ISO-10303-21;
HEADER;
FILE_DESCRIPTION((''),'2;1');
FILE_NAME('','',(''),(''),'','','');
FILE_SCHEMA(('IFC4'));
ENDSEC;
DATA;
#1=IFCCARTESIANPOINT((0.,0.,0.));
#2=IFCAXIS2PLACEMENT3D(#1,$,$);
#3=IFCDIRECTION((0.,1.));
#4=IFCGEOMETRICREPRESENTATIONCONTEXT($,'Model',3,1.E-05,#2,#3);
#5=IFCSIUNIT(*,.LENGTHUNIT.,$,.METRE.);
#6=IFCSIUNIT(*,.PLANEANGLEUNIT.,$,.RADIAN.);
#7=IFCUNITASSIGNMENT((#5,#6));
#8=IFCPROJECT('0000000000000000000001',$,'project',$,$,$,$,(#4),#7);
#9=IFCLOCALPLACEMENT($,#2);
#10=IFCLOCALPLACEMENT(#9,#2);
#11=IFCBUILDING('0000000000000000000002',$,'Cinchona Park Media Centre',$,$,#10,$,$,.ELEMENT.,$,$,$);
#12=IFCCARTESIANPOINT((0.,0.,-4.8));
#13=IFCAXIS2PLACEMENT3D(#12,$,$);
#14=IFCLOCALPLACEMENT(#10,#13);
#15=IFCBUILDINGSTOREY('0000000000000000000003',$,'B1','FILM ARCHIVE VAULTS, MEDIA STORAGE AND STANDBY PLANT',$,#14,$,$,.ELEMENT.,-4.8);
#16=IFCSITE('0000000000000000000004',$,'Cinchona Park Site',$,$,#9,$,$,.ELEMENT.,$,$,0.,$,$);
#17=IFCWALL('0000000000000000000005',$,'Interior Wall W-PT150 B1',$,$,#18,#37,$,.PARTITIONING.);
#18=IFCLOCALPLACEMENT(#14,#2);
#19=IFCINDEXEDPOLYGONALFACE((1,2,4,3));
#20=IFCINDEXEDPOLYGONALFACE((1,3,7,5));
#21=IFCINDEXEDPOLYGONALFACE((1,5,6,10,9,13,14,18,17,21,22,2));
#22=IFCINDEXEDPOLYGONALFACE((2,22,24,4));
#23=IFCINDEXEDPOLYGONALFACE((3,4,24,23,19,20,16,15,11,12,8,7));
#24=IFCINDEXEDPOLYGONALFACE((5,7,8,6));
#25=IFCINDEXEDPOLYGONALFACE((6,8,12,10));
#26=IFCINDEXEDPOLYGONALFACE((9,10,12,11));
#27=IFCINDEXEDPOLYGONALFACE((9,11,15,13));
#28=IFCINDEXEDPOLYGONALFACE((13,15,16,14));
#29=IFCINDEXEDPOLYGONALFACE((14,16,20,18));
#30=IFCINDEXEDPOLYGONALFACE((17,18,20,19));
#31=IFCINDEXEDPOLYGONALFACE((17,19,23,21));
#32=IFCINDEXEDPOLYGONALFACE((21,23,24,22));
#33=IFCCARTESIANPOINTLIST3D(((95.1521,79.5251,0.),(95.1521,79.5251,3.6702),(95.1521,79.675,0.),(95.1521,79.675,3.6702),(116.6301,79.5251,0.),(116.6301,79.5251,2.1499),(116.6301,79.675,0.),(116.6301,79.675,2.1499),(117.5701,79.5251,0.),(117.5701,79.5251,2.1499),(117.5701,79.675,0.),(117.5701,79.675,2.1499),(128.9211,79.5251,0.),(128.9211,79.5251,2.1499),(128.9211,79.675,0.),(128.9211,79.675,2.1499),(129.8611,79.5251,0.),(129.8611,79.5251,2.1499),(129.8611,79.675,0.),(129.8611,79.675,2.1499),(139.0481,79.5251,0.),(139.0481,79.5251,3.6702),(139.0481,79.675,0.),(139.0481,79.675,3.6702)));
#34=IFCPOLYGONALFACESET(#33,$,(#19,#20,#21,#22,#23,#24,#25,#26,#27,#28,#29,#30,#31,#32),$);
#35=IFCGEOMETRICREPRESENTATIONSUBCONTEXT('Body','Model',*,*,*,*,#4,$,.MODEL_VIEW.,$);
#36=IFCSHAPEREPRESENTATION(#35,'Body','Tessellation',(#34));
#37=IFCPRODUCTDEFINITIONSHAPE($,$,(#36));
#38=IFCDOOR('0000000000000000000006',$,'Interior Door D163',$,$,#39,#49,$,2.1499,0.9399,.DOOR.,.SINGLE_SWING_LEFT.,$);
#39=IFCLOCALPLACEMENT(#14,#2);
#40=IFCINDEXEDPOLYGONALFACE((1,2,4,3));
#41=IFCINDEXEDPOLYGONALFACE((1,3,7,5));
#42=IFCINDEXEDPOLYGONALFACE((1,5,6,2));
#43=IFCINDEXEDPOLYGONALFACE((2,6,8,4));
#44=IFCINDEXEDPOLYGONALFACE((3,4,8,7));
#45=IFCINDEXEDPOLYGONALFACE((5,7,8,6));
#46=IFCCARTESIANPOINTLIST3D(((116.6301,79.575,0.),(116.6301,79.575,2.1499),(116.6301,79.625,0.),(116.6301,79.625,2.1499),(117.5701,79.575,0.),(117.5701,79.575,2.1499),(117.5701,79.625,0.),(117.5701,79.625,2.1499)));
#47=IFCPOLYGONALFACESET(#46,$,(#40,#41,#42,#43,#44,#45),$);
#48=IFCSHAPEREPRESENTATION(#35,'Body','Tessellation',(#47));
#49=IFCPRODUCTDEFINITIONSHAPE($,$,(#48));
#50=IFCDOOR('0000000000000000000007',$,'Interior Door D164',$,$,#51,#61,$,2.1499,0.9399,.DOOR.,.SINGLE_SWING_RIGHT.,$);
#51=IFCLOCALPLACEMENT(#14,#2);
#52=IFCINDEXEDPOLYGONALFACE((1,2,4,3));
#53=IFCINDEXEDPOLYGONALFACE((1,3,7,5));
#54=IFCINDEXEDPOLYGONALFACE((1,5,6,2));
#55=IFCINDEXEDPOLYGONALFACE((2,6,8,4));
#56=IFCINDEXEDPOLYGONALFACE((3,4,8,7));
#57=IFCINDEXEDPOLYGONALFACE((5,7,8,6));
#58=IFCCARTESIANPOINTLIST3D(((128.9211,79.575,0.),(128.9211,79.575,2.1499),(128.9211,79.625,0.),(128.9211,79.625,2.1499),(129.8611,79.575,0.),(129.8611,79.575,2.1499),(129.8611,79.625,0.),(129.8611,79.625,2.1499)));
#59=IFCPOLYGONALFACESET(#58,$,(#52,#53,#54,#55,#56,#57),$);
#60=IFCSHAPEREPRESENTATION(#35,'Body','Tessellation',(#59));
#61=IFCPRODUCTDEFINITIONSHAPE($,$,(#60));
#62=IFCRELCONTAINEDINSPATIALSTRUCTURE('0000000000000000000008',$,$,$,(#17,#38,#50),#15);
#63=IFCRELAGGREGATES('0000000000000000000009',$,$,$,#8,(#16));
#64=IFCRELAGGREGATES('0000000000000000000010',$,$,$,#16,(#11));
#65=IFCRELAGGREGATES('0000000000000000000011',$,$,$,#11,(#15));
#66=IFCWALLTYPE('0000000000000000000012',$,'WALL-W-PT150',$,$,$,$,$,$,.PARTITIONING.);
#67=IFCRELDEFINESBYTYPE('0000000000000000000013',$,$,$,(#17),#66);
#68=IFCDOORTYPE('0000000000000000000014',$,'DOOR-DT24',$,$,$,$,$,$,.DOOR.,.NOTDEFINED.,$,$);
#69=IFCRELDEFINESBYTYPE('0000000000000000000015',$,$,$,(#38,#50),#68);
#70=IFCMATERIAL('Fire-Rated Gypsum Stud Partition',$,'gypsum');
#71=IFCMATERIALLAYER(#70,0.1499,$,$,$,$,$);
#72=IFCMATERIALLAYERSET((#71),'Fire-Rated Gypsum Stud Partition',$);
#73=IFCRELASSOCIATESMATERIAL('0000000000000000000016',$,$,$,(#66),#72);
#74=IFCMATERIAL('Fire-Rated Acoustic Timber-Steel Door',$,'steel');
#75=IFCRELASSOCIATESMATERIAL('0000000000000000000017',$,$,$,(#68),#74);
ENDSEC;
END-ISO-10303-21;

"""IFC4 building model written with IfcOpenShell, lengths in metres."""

from ifc_helpers import new_model, si_unit, direction, frame, frame_2d, origin, place, context, subcontext, project, spatial, rectangle, extrude, material, layer, layer_set, type_object, element, fill, save


model = new_model("IFC4")

# Units and contexts
model_context = context("Model", 3, precision=1e-05, world=origin(), true_north=direction((0.0, 1.0)))
body_context = subcontext(model_context, "Body", "Model", "MODEL_VIEW")
ifc_project = project(units=[si_unit("LENGTHUNIT", "METRE"), si_unit("PLANEANGLEUNIT", "RADIAN")], contexts=[model_context])

# Site, building, storey
site_placement = place(None, origin())
site = spatial("IfcSite", under=ifc_project, at=site_placement, Name="Cinchona Park Site", CompositionType="ELEMENT", RefElevation=0.0)
building_placement = place(site_placement, origin())
building = spatial("IfcBuilding", under=site, at=building_placement, Name="Cinchona Park Media Centre", CompositionType="ELEMENT")
storey_placement = place(building_placement, frame((0.0, 0.0, -4.8)))
storey = spatial("IfcBuildingStorey", under=building, at=storey_placement, Name="B1", Description="FILM ARCHIVE VAULTS, MEDIA STORAGE AND STANDBY PLANT", CompositionType="ELEMENT", Elevation=-4.8)

# Wall, openings, doors
ifc_material_1 = material(Name="Fire-Rated Gypsum Stud Partition", Category="gypsum")
ifc_layer_1 = layer(ifc_material_1, 0.1499)
ifc_layer_set_1 = layer_set([ifc_layer_1], Name="Fire-Rated Gypsum Stud Partition")
wall_type_1 = type_object("IfcWallType", Name="WALL-W-PT150", PredefinedType="PARTITIONING", material=ifc_layer_set_1)
wall_1_placement = place(storey_placement, frame((95.1521, 79.6001, 0.0), z_axis=(0.0, 0.0, 1.0), x_axis=(1.0, 0.0, 0.0)))
wall_1 = element("IfcWall", 1, at=wall_1_placement, inside=storey, type_object=wall_type_1, Name="Interior Wall W-PT150 B1", PredefinedType="PARTITIONING", context=body_context, shape_type="SweptSolid", body=[
    extrude(rectangle(XDim=43.896, YDim=0.1499, at=frame_2d((21.948, 0.0))), origin(), (0.0, 0.0, 1.0), 3.6702),
])
opening_1_placement = place(wall_1_placement, frame((21.478, 0.0, 0.0)))
opening_1 = element("IfcOpeningElement", 2, at=opening_1_placement, cuts=wall_1, PredefinedType="OPENING", context=body_context, shape_type="SweptSolid", body=[
    extrude(rectangle(XDim=0.9399, YDim=2.1499, at=frame_2d((0.47, 1.075))), frame((0.0, 0.085, 0.0), z_axis=(0.0, -1.0, 0.0), x_axis=(1.0, 0.0, 0.0)), (0.0, 0.0, 1.0), 0.1699),
])
opening_2_placement = place(wall_1_placement, frame((33.769, 0.0, 0.0)))
opening_2 = element("IfcOpeningElement", 3, at=opening_2_placement, cuts=wall_1, PredefinedType="OPENING", context=body_context, shape_type="SweptSolid", body=[
    extrude(rectangle(XDim=0.9399, YDim=2.1499, at=frame_2d((0.47, 1.075))), frame((0.0, 0.085, 0.0), z_axis=(0.0, -1.0, 0.0), x_axis=(1.0, 0.0, 0.0)), (0.0, 0.0, 1.0), 0.1699),
])
ifc_material_2 = material(Name="Fire-Rated Acoustic Timber-Steel Door", Category="steel")
door_type = type_object("IfcDoorType", Name="DOOR-DT24", OperationType="NOTDEFINED", PredefinedType="DOOR", material=ifc_material_2)
door_1_placement = place(opening_1_placement, origin())
door_1 = element("IfcDoor", 4, at=door_1_placement, inside=storey, type_object=door_type, Name="Interior Door D163", OperationType="SINGLE_SWING_LEFT", OverallHeight=2.1499, OverallWidth=0.9399, PredefinedType="DOOR", context=body_context, shape_type="SweptSolid", body=[
    extrude(rectangle(XDim=0.9399, YDim=2.1499, at=frame_2d((0.47, 1.075))), frame((0.0, 0.0249, 0.0), z_axis=(0.0, -1.0, 0.0), x_axis=(1.0, 0.0, 0.0)), (0.0, 0.0, 1.0), 0.05),
])
fill(opening_1, door_1)
door_2_placement = place(opening_2_placement, origin())
door_2 = element("IfcDoor", 5, at=door_2_placement, inside=storey, type_object=door_type, Name="Interior Door D164", OperationType="SINGLE_SWING_RIGHT", OverallHeight=2.1499, OverallWidth=0.9399, PredefinedType="DOOR", context=body_context, shape_type="SweptSolid", body=[
    extrude(rectangle(XDim=0.9399, YDim=2.1499, at=frame_2d((0.47, 1.075))), frame((0.0, 0.0249, 0.0), z_axis=(0.0, -1.0, 0.0), x_axis=(1.0, 0.0, 0.0)), (0.0, 0.0, 1.0), 0.05),
])
fill(opening_2, door_2)

save(model, "model.ifc")
